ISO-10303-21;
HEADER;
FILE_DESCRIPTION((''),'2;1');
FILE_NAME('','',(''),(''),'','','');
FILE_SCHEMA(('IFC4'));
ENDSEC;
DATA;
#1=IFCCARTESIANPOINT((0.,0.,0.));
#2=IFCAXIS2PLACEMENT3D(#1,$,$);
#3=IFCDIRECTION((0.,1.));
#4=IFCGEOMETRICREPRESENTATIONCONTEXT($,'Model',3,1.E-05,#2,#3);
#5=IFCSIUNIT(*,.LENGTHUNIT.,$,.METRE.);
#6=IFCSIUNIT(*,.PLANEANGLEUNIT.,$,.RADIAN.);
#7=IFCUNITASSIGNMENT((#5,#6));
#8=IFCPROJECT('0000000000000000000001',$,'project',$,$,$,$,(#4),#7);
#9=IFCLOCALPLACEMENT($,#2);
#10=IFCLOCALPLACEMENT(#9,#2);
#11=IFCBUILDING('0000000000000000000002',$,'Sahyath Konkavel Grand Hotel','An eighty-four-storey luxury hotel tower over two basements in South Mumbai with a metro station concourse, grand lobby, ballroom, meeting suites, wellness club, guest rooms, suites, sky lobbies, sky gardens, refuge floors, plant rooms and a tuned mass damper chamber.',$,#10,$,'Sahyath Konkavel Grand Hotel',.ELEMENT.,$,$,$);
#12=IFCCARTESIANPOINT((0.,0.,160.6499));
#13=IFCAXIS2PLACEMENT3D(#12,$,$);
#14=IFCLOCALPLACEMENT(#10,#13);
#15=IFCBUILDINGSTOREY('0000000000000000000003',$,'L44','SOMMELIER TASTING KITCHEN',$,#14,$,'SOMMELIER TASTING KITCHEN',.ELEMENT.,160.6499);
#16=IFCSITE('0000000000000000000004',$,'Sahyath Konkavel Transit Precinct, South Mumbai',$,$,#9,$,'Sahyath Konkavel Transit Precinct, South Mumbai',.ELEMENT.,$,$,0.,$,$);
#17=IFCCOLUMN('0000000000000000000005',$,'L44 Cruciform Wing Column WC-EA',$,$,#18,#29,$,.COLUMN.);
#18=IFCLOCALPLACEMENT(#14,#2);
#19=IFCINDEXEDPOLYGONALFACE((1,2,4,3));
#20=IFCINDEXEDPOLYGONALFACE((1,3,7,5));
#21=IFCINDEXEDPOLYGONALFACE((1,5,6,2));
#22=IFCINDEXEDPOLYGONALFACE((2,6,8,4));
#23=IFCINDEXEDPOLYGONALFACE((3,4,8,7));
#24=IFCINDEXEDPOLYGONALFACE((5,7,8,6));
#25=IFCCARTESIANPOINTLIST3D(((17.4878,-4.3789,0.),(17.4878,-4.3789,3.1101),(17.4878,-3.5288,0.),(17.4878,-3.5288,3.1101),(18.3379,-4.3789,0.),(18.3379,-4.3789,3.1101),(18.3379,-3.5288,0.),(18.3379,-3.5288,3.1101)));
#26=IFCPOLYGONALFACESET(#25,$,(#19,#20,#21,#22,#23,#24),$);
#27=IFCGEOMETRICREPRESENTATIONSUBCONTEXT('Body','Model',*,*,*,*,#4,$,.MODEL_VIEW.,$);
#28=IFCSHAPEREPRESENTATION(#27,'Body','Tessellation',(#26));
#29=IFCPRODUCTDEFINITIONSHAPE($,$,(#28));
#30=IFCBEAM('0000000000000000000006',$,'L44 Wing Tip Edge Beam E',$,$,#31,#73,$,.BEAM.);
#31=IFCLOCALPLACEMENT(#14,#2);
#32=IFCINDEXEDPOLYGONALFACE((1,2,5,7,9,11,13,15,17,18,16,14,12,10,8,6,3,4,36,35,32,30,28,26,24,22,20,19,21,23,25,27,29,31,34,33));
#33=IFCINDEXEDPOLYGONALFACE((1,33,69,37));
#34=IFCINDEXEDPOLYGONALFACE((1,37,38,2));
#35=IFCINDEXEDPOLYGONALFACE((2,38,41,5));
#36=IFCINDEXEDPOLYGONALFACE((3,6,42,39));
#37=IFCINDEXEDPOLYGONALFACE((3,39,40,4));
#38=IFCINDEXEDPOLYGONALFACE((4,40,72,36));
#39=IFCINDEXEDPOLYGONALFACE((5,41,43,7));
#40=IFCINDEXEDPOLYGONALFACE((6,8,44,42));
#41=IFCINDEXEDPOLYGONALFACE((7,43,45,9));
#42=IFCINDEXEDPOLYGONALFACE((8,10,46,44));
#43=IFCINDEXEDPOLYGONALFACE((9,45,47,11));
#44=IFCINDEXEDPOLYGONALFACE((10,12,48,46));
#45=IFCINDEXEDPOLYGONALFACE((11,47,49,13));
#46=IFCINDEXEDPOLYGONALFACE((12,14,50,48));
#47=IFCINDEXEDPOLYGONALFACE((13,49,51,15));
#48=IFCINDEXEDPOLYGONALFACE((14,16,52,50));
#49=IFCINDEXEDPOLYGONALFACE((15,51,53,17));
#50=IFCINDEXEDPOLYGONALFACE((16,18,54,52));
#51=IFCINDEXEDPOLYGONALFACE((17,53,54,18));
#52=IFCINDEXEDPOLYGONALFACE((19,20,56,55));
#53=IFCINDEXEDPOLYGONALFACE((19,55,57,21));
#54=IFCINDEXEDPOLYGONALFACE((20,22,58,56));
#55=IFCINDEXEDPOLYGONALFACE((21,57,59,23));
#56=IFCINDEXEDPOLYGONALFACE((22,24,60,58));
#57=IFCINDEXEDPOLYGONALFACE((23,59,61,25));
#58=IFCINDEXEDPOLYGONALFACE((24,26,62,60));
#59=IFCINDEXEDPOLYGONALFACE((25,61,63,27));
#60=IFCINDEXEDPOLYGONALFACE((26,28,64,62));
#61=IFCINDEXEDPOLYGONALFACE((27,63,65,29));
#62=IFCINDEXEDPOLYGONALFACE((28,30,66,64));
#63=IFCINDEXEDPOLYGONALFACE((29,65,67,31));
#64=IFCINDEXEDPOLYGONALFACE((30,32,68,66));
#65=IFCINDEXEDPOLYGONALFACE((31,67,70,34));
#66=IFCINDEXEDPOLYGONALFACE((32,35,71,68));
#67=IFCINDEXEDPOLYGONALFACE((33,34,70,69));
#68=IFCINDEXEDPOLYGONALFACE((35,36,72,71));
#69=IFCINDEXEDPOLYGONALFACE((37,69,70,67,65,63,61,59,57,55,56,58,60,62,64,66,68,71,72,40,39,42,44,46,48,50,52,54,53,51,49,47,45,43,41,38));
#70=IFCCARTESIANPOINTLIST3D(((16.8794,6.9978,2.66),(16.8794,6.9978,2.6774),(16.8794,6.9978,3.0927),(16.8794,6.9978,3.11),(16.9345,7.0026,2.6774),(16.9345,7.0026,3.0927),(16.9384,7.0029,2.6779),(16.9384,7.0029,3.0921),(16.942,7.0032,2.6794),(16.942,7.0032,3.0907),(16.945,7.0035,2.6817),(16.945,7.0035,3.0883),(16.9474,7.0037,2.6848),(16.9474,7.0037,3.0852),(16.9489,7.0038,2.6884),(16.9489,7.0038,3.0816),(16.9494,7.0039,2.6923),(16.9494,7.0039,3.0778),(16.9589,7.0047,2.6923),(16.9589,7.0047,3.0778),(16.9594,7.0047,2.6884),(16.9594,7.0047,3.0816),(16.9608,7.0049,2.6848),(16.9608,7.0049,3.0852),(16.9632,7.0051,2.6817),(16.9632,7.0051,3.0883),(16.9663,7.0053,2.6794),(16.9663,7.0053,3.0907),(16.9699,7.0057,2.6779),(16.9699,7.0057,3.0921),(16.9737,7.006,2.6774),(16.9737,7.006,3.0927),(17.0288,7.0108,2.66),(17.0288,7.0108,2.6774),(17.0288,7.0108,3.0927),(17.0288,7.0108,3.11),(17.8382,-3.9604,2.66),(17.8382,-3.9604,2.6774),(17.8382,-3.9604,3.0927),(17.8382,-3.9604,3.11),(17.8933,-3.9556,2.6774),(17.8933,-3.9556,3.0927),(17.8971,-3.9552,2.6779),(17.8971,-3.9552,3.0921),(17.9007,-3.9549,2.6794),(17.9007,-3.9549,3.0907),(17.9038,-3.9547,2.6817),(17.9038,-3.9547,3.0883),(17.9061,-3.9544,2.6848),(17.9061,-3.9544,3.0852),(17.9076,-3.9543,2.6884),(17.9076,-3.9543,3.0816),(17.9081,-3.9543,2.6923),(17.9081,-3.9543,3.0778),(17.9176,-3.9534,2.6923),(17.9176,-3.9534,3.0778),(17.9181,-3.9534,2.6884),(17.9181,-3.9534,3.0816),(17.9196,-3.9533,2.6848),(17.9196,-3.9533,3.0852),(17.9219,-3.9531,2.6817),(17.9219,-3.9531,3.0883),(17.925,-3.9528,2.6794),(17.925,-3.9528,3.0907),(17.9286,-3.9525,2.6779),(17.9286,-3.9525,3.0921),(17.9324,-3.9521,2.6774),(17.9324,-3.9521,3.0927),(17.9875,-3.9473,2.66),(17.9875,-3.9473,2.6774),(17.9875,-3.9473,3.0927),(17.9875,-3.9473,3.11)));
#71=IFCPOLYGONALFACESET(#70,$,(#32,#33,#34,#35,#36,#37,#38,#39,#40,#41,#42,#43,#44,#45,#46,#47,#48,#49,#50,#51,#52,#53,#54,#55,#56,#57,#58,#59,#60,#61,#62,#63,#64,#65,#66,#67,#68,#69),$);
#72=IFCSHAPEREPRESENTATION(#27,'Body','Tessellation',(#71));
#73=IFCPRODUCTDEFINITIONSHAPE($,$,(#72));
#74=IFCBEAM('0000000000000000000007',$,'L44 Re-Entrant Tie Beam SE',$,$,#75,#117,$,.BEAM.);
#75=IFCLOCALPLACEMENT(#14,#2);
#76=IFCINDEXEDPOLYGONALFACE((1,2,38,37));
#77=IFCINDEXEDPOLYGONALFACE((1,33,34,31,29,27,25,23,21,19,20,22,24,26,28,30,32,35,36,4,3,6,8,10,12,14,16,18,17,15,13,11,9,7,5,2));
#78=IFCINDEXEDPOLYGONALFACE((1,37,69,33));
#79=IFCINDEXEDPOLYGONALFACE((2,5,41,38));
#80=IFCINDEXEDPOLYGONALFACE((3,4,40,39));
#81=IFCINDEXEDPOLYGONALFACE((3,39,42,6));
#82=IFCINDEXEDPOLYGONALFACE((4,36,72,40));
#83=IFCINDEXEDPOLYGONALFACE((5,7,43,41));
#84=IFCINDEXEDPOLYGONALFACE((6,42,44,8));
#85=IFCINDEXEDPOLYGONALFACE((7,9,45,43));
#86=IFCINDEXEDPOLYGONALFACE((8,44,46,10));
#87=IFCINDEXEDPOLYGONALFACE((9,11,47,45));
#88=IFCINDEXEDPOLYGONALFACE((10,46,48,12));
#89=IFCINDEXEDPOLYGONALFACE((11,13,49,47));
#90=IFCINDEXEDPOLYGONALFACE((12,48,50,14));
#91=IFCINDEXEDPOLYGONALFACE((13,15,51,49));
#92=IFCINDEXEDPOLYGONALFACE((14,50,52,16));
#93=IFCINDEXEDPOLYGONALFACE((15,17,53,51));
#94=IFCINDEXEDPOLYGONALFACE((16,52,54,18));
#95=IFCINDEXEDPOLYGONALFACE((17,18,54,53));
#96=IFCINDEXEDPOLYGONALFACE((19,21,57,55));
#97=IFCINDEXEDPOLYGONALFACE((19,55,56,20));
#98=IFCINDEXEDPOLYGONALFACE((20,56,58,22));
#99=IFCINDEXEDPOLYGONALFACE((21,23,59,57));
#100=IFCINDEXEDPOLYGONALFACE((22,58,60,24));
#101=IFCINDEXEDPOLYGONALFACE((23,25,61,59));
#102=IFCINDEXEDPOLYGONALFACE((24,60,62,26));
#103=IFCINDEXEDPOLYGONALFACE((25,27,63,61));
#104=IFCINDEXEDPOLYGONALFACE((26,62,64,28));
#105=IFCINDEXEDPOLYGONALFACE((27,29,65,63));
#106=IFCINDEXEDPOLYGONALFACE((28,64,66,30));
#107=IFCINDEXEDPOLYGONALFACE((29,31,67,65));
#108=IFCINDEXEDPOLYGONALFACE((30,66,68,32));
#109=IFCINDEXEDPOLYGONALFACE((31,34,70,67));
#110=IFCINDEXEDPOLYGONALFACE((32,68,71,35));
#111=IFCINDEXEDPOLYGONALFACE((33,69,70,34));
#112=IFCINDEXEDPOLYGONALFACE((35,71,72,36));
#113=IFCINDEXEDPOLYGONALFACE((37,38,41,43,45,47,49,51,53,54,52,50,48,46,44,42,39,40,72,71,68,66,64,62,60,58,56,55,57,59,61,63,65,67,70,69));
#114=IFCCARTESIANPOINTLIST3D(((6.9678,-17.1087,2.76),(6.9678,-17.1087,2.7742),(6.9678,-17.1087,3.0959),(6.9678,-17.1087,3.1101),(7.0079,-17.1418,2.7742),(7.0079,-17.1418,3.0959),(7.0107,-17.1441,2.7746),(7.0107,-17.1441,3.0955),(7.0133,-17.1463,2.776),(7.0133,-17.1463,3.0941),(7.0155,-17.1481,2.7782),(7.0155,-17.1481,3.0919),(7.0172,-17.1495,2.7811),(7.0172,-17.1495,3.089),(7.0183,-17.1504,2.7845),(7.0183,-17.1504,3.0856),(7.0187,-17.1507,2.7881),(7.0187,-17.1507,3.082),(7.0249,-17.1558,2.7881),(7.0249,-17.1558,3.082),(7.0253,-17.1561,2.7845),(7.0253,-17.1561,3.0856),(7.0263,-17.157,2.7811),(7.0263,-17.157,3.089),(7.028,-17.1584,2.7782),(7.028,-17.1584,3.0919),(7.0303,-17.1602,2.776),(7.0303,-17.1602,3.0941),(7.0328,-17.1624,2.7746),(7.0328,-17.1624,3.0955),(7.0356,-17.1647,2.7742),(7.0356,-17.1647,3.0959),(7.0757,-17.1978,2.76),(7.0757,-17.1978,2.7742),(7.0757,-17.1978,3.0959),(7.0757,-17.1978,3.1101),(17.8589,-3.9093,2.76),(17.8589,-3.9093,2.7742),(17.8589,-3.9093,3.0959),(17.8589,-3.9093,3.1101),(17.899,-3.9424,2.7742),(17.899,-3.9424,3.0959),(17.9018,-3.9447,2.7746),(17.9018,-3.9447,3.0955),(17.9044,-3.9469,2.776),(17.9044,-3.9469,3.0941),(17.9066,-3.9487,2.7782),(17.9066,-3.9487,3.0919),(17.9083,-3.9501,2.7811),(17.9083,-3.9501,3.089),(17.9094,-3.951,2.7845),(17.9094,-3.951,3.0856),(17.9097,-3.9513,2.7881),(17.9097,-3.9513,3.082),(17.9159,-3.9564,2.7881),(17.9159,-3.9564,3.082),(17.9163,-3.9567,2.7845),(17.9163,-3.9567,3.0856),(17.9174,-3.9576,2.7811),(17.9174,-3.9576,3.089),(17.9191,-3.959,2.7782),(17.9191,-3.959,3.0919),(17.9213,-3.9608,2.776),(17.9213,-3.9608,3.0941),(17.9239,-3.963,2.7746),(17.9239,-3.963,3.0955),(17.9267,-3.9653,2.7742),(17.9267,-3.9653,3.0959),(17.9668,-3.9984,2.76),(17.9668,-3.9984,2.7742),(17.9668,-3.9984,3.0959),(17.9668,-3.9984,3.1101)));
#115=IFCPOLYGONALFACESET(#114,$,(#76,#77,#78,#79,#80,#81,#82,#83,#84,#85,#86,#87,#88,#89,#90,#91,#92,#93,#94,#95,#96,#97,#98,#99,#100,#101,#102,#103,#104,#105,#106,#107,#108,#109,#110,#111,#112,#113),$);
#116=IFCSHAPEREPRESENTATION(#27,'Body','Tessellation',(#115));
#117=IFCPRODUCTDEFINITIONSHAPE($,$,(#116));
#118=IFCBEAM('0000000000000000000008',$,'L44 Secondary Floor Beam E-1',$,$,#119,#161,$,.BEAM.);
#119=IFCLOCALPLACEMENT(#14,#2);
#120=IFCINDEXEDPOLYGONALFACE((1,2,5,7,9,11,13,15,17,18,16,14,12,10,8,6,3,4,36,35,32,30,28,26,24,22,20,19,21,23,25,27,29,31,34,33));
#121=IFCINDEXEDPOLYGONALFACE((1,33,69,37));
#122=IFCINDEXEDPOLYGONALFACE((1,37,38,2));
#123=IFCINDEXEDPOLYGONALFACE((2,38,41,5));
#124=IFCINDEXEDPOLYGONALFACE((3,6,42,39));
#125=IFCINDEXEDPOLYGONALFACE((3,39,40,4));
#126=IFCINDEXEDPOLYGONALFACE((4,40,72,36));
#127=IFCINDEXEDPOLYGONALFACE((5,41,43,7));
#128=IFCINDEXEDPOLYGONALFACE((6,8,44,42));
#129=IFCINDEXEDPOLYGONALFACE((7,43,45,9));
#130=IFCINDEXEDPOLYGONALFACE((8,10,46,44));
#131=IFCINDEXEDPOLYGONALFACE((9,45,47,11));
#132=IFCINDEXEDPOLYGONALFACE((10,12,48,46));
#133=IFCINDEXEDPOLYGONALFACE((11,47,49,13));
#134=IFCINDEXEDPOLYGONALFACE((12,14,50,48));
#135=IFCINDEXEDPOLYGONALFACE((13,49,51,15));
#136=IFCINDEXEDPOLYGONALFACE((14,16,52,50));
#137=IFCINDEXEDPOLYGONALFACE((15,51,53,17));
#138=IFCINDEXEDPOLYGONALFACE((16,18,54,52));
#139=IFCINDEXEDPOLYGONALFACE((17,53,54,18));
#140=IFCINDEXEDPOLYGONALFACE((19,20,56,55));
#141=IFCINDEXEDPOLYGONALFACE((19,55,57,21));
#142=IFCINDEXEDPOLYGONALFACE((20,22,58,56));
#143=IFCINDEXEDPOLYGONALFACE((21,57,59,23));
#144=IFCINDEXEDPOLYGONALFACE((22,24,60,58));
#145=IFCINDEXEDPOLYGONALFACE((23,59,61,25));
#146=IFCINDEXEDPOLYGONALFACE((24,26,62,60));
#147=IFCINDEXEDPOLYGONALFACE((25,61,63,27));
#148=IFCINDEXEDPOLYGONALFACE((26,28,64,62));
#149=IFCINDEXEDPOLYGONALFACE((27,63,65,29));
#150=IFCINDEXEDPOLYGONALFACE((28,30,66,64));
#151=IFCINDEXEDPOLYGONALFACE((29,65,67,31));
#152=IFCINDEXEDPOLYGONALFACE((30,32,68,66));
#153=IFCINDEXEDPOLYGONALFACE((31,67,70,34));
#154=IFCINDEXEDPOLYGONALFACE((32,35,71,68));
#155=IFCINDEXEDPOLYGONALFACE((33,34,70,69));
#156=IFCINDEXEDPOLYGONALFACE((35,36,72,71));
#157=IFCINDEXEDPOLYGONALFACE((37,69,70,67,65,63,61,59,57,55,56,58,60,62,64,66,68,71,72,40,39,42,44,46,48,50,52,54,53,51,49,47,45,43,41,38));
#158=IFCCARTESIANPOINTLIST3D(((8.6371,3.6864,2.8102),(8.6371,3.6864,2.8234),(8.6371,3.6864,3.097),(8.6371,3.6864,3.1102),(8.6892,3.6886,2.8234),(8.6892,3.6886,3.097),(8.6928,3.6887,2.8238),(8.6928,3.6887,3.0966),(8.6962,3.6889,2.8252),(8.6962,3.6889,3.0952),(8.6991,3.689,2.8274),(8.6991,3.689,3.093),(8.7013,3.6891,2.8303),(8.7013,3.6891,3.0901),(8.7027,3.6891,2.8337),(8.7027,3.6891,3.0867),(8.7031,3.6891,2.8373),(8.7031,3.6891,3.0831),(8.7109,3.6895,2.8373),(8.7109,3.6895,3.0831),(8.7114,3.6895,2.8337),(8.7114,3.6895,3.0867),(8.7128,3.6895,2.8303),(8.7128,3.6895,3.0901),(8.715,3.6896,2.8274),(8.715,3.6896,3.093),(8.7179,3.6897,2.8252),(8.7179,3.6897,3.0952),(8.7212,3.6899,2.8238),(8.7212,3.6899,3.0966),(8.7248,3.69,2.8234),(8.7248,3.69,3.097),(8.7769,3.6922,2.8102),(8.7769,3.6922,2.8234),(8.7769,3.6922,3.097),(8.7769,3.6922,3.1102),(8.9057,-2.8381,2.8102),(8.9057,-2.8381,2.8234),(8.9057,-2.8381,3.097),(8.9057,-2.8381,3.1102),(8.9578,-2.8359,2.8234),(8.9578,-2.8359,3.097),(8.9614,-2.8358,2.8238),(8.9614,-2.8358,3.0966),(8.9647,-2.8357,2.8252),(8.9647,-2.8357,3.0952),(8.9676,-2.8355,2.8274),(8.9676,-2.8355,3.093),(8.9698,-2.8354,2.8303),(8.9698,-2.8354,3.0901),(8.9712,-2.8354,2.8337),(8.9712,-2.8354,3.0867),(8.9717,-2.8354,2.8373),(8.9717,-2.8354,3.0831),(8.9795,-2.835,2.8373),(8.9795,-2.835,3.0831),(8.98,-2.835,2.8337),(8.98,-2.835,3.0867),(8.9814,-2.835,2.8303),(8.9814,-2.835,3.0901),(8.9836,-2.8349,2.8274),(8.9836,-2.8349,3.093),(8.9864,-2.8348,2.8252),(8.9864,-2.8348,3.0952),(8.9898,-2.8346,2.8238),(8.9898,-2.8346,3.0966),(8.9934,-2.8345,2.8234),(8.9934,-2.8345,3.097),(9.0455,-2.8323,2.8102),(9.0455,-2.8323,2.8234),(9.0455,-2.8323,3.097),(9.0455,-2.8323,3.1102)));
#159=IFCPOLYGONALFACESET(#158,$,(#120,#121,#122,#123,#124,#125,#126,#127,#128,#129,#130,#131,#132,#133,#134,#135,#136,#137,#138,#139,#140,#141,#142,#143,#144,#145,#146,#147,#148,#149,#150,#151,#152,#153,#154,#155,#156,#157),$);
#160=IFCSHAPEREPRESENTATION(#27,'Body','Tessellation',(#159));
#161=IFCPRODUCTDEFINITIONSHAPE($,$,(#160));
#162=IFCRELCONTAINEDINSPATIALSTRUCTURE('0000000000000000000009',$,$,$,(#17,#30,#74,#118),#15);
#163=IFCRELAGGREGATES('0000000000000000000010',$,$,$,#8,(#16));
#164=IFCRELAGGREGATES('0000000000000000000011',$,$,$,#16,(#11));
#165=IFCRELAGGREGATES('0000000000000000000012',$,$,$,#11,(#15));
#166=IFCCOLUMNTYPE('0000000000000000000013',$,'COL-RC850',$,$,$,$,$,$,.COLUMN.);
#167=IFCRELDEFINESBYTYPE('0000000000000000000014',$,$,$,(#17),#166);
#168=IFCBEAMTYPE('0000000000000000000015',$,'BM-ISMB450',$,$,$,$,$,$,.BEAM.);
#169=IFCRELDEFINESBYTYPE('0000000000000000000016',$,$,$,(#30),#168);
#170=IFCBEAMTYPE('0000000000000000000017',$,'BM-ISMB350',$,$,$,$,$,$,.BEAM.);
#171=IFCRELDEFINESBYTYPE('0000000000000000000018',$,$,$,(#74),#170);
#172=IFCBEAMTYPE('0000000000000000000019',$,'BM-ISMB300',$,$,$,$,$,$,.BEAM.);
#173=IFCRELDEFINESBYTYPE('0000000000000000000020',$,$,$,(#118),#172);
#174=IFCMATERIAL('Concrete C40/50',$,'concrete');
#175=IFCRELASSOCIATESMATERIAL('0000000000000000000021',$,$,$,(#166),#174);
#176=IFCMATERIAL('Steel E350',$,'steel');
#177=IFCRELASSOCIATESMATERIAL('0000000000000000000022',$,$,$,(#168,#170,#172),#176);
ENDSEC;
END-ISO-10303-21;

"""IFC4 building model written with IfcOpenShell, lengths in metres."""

from ifc_helpers import new_model, si_unit, direction, frame, origin, origin_2d, place, context, subcontext, project, spatial, rectangle, i_section, extrude, source, transform, mapped, material, material_profile, profile_set, type_object, element, save


model = new_model("IFC4")

# Units and contexts
model_context = context("Model", 3, precision=1e-05, world=origin(), true_north=direction((0.0, 1.0)))
body_context = subcontext(model_context, "Body", "Model", "MODEL_VIEW")
ifc_project = project(units=[si_unit("LENGTHUNIT", "METRE"), si_unit("PLANEANGLEUNIT", "RADIAN")], contexts=[model_context])

# Site, building, storey
site_placement = place(None, origin())
site = spatial("IfcSite", under=ifc_project, at=site_placement, Name="Sahyath Konkavel Transit Precinct, South Mumbai", LongName="Sahyath Konkavel Transit Precinct, South Mumbai", CompositionType="ELEMENT", RefElevation=0.0)
building_placement = place(site_placement, origin())
building = spatial("IfcBuilding", under=site, at=building_placement, Name="Sahyath Konkavel Grand Hotel", Description="An eighty-four-storey luxury hotel tower over two basements in South Mumbai with a metro station concourse, grand lobby, ballroom, meeting suites, wellness club, guest rooms, suites, sky lobbies, sky gardens, refuge floors, plant rooms and a tuned mass damper chamber.", LongName="Sahyath Konkavel Grand Hotel", CompositionType="ELEMENT")
storey_placement = place(building_placement, frame((0.0, 0.0, 160.6499)))
storey = spatial("IfcBuildingStorey", under=building, at=storey_placement, Name="L44", Description="SOMMELIER TASTING KITCHEN", LongName="SOMMELIER TASTING KITCHEN", CompositionType="ELEMENT", Elevation=160.6499)

# Column
ifc_material_1 = material(Name="Concrete C40/50", Category="concrete")
ifc_material_profile_1 = material_profile(ifc_material_1, rectangle(XDim=0.8501, YDim=0.8501, at=origin_2d()), Name="RC 850x850")
ifc_profile_set_1 = profile_set([ifc_material_profile_1], Name="Concrete C40/50")
column_type = type_object("IfcColumnType", Name="COL-RC850", PredefinedType="COLUMN", material=ifc_profile_set_1)
shared_shape_1 = source(origin(), body_context, "Body", "SweptSolid", [
    extrude(rectangle(XDim=0.8501, YDim=0.8501, at=origin_2d()), origin(), (0.0, 0.0, 1.0), 3.1101),
])
column_placement = place(storey_placement, frame((17.9128, -3.9539, 0.0), z_axis=(0.0, 0.0, 1.0), x_axis=(1.0, 0.0, 0.0)))
element("IfcColumn", 1, at=column_placement, inside=storey, type_object=column_type, Name="L44 Cruciform Wing Column WC-EA", PredefinedType="COLUMN", context=body_context, shape_type="MappedRepresentation", body=[
    mapped(shared_shape_1, transform((0.0, 0.0, 0.0), scale=1.0)),
])

# Beams
ifc_material_2 = material(Name="Steel E350", Category="steel")
ifc_material_profile_2 = material_profile(ifc_material_2, i_section(OverallWidth=0.1499, OverallDepth=0.45, WebThickness=0.0095, FlangeThickness=0.0173, FilletRadius=0.0149, at=origin_2d()), Name="ISMB 450")
ifc_profile_set_2 = profile_set([ifc_material_profile_2], Name="Steel E350")
beam_type_1 = type_object("IfcBeamType", Name="BM-ISMB450", PredefinedType="BEAM", material=ifc_profile_set_2)
shared_shape_2 = source(origin(), body_context, "Body", "SweptSolid", [
    extrude(i_section(OverallWidth=0.1499, OverallDepth=0.45, WebThickness=0.0095, FlangeThickness=0.0173, FilletRadius=0.0149, at=origin_2d()), origin(), (0.0, 0.0, 1.0), 11.0),
])
beam_1_placement = place(storey_placement, frame((17.9128, -3.9539, 2.885), z_axis=(-0.087157, 0.996195, 0.0), x_axis=(-0.996195, -0.087157, 0.0)))
element("IfcBeam", 2, at=beam_1_placement, inside=storey, type_object=beam_type_1, Name="L44 Wing Tip Edge Beam E", PredefinedType="BEAM", context=body_context, shape_type="MappedRepresentation", body=[
    mapped(shared_shape_2, transform((0.0, 0.0, 0.0), scale=1.0)),
])
ifc_material_profile_3 = material_profile(ifc_material_2, i_section(OverallWidth=0.1399, OverallDepth=0.3501, WebThickness=0.0081, FlangeThickness=0.0142, FilletRadius=0.0139, at=origin_2d()), Name="ISMB 350")
ifc_profile_set_3 = profile_set([ifc_material_profile_3], Name="Steel E350")
beam_type_2 = type_object("IfcBeamType", Name="BM-ISMB350", PredefinedType="BEAM", material=ifc_profile_set_3)
shared_shape_3 = source(origin(), body_context, "Body", "SweptSolid", [
    extrude(i_section(OverallWidth=0.1399, OverallDepth=0.3501, WebThickness=0.0081, FlangeThickness=0.0142, FilletRadius=0.0139, at=origin_2d()), origin(), (0.0, 0.0, 1.0), 17.1125),
])
beam_2_placement = place(storey_placement, frame((17.9128, -3.9539, 2.9351), z_axis=(-0.636437, -0.771329, 0.0), x_axis=(0.771329, -0.636437, 0.0)))
element("IfcBeam", 3, at=beam_2_placement, inside=storey, type_object=beam_type_2, Name="L44 Re-Entrant Tie Beam SE", PredefinedType="BEAM", context=body_context, shape_type="MappedRepresentation", body=[
    mapped(shared_shape_3, transform((0.0, 0.0, 0.0), scale=1.0)),
])
ifc_material_profile_4 = material_profile(ifc_material_2, i_section(OverallWidth=0.1399, OverallDepth=0.3, WebThickness=0.0078, FlangeThickness=0.0132, FilletRadius=0.0139, at=origin_2d()), Name="ISMB 300")
ifc_profile_set_4 = profile_set([ifc_material_profile_4], Name="Steel E350")
beam_type_3 = type_object("IfcBeamType", Name="BM-ISMB300", PredefinedType="BEAM", material=ifc_profile_set_4)
shared_shape_4 = source(origin(), body_context, "Body", "SweptSolid", [
    extrude(i_section(OverallWidth=0.1399, OverallDepth=0.3, WebThickness=0.0078, FlangeThickness=0.0132, FilletRadius=0.0139, at=origin_2d()), origin(), (0.0, 0.0, 1.0), 6.53),
])
beam_3_placement = place(storey_placement, frame((8.9756, -2.8352, 2.9602), z_axis=(-0.041127, 0.999154, 0.0), x_axis=(-0.999154, -0.041127, 0.0)))
element("IfcBeam", 4, at=beam_3_placement, inside=storey, type_object=beam_type_3, Name="L44 Secondary Floor Beam E-1", PredefinedType="BEAM", context=body_context, shape_type="MappedRepresentation", body=[
    mapped(shared_shape_4, transform((0.0, 0.0, 0.0), scale=1.0)),
])

save(model, "model.ifc")
